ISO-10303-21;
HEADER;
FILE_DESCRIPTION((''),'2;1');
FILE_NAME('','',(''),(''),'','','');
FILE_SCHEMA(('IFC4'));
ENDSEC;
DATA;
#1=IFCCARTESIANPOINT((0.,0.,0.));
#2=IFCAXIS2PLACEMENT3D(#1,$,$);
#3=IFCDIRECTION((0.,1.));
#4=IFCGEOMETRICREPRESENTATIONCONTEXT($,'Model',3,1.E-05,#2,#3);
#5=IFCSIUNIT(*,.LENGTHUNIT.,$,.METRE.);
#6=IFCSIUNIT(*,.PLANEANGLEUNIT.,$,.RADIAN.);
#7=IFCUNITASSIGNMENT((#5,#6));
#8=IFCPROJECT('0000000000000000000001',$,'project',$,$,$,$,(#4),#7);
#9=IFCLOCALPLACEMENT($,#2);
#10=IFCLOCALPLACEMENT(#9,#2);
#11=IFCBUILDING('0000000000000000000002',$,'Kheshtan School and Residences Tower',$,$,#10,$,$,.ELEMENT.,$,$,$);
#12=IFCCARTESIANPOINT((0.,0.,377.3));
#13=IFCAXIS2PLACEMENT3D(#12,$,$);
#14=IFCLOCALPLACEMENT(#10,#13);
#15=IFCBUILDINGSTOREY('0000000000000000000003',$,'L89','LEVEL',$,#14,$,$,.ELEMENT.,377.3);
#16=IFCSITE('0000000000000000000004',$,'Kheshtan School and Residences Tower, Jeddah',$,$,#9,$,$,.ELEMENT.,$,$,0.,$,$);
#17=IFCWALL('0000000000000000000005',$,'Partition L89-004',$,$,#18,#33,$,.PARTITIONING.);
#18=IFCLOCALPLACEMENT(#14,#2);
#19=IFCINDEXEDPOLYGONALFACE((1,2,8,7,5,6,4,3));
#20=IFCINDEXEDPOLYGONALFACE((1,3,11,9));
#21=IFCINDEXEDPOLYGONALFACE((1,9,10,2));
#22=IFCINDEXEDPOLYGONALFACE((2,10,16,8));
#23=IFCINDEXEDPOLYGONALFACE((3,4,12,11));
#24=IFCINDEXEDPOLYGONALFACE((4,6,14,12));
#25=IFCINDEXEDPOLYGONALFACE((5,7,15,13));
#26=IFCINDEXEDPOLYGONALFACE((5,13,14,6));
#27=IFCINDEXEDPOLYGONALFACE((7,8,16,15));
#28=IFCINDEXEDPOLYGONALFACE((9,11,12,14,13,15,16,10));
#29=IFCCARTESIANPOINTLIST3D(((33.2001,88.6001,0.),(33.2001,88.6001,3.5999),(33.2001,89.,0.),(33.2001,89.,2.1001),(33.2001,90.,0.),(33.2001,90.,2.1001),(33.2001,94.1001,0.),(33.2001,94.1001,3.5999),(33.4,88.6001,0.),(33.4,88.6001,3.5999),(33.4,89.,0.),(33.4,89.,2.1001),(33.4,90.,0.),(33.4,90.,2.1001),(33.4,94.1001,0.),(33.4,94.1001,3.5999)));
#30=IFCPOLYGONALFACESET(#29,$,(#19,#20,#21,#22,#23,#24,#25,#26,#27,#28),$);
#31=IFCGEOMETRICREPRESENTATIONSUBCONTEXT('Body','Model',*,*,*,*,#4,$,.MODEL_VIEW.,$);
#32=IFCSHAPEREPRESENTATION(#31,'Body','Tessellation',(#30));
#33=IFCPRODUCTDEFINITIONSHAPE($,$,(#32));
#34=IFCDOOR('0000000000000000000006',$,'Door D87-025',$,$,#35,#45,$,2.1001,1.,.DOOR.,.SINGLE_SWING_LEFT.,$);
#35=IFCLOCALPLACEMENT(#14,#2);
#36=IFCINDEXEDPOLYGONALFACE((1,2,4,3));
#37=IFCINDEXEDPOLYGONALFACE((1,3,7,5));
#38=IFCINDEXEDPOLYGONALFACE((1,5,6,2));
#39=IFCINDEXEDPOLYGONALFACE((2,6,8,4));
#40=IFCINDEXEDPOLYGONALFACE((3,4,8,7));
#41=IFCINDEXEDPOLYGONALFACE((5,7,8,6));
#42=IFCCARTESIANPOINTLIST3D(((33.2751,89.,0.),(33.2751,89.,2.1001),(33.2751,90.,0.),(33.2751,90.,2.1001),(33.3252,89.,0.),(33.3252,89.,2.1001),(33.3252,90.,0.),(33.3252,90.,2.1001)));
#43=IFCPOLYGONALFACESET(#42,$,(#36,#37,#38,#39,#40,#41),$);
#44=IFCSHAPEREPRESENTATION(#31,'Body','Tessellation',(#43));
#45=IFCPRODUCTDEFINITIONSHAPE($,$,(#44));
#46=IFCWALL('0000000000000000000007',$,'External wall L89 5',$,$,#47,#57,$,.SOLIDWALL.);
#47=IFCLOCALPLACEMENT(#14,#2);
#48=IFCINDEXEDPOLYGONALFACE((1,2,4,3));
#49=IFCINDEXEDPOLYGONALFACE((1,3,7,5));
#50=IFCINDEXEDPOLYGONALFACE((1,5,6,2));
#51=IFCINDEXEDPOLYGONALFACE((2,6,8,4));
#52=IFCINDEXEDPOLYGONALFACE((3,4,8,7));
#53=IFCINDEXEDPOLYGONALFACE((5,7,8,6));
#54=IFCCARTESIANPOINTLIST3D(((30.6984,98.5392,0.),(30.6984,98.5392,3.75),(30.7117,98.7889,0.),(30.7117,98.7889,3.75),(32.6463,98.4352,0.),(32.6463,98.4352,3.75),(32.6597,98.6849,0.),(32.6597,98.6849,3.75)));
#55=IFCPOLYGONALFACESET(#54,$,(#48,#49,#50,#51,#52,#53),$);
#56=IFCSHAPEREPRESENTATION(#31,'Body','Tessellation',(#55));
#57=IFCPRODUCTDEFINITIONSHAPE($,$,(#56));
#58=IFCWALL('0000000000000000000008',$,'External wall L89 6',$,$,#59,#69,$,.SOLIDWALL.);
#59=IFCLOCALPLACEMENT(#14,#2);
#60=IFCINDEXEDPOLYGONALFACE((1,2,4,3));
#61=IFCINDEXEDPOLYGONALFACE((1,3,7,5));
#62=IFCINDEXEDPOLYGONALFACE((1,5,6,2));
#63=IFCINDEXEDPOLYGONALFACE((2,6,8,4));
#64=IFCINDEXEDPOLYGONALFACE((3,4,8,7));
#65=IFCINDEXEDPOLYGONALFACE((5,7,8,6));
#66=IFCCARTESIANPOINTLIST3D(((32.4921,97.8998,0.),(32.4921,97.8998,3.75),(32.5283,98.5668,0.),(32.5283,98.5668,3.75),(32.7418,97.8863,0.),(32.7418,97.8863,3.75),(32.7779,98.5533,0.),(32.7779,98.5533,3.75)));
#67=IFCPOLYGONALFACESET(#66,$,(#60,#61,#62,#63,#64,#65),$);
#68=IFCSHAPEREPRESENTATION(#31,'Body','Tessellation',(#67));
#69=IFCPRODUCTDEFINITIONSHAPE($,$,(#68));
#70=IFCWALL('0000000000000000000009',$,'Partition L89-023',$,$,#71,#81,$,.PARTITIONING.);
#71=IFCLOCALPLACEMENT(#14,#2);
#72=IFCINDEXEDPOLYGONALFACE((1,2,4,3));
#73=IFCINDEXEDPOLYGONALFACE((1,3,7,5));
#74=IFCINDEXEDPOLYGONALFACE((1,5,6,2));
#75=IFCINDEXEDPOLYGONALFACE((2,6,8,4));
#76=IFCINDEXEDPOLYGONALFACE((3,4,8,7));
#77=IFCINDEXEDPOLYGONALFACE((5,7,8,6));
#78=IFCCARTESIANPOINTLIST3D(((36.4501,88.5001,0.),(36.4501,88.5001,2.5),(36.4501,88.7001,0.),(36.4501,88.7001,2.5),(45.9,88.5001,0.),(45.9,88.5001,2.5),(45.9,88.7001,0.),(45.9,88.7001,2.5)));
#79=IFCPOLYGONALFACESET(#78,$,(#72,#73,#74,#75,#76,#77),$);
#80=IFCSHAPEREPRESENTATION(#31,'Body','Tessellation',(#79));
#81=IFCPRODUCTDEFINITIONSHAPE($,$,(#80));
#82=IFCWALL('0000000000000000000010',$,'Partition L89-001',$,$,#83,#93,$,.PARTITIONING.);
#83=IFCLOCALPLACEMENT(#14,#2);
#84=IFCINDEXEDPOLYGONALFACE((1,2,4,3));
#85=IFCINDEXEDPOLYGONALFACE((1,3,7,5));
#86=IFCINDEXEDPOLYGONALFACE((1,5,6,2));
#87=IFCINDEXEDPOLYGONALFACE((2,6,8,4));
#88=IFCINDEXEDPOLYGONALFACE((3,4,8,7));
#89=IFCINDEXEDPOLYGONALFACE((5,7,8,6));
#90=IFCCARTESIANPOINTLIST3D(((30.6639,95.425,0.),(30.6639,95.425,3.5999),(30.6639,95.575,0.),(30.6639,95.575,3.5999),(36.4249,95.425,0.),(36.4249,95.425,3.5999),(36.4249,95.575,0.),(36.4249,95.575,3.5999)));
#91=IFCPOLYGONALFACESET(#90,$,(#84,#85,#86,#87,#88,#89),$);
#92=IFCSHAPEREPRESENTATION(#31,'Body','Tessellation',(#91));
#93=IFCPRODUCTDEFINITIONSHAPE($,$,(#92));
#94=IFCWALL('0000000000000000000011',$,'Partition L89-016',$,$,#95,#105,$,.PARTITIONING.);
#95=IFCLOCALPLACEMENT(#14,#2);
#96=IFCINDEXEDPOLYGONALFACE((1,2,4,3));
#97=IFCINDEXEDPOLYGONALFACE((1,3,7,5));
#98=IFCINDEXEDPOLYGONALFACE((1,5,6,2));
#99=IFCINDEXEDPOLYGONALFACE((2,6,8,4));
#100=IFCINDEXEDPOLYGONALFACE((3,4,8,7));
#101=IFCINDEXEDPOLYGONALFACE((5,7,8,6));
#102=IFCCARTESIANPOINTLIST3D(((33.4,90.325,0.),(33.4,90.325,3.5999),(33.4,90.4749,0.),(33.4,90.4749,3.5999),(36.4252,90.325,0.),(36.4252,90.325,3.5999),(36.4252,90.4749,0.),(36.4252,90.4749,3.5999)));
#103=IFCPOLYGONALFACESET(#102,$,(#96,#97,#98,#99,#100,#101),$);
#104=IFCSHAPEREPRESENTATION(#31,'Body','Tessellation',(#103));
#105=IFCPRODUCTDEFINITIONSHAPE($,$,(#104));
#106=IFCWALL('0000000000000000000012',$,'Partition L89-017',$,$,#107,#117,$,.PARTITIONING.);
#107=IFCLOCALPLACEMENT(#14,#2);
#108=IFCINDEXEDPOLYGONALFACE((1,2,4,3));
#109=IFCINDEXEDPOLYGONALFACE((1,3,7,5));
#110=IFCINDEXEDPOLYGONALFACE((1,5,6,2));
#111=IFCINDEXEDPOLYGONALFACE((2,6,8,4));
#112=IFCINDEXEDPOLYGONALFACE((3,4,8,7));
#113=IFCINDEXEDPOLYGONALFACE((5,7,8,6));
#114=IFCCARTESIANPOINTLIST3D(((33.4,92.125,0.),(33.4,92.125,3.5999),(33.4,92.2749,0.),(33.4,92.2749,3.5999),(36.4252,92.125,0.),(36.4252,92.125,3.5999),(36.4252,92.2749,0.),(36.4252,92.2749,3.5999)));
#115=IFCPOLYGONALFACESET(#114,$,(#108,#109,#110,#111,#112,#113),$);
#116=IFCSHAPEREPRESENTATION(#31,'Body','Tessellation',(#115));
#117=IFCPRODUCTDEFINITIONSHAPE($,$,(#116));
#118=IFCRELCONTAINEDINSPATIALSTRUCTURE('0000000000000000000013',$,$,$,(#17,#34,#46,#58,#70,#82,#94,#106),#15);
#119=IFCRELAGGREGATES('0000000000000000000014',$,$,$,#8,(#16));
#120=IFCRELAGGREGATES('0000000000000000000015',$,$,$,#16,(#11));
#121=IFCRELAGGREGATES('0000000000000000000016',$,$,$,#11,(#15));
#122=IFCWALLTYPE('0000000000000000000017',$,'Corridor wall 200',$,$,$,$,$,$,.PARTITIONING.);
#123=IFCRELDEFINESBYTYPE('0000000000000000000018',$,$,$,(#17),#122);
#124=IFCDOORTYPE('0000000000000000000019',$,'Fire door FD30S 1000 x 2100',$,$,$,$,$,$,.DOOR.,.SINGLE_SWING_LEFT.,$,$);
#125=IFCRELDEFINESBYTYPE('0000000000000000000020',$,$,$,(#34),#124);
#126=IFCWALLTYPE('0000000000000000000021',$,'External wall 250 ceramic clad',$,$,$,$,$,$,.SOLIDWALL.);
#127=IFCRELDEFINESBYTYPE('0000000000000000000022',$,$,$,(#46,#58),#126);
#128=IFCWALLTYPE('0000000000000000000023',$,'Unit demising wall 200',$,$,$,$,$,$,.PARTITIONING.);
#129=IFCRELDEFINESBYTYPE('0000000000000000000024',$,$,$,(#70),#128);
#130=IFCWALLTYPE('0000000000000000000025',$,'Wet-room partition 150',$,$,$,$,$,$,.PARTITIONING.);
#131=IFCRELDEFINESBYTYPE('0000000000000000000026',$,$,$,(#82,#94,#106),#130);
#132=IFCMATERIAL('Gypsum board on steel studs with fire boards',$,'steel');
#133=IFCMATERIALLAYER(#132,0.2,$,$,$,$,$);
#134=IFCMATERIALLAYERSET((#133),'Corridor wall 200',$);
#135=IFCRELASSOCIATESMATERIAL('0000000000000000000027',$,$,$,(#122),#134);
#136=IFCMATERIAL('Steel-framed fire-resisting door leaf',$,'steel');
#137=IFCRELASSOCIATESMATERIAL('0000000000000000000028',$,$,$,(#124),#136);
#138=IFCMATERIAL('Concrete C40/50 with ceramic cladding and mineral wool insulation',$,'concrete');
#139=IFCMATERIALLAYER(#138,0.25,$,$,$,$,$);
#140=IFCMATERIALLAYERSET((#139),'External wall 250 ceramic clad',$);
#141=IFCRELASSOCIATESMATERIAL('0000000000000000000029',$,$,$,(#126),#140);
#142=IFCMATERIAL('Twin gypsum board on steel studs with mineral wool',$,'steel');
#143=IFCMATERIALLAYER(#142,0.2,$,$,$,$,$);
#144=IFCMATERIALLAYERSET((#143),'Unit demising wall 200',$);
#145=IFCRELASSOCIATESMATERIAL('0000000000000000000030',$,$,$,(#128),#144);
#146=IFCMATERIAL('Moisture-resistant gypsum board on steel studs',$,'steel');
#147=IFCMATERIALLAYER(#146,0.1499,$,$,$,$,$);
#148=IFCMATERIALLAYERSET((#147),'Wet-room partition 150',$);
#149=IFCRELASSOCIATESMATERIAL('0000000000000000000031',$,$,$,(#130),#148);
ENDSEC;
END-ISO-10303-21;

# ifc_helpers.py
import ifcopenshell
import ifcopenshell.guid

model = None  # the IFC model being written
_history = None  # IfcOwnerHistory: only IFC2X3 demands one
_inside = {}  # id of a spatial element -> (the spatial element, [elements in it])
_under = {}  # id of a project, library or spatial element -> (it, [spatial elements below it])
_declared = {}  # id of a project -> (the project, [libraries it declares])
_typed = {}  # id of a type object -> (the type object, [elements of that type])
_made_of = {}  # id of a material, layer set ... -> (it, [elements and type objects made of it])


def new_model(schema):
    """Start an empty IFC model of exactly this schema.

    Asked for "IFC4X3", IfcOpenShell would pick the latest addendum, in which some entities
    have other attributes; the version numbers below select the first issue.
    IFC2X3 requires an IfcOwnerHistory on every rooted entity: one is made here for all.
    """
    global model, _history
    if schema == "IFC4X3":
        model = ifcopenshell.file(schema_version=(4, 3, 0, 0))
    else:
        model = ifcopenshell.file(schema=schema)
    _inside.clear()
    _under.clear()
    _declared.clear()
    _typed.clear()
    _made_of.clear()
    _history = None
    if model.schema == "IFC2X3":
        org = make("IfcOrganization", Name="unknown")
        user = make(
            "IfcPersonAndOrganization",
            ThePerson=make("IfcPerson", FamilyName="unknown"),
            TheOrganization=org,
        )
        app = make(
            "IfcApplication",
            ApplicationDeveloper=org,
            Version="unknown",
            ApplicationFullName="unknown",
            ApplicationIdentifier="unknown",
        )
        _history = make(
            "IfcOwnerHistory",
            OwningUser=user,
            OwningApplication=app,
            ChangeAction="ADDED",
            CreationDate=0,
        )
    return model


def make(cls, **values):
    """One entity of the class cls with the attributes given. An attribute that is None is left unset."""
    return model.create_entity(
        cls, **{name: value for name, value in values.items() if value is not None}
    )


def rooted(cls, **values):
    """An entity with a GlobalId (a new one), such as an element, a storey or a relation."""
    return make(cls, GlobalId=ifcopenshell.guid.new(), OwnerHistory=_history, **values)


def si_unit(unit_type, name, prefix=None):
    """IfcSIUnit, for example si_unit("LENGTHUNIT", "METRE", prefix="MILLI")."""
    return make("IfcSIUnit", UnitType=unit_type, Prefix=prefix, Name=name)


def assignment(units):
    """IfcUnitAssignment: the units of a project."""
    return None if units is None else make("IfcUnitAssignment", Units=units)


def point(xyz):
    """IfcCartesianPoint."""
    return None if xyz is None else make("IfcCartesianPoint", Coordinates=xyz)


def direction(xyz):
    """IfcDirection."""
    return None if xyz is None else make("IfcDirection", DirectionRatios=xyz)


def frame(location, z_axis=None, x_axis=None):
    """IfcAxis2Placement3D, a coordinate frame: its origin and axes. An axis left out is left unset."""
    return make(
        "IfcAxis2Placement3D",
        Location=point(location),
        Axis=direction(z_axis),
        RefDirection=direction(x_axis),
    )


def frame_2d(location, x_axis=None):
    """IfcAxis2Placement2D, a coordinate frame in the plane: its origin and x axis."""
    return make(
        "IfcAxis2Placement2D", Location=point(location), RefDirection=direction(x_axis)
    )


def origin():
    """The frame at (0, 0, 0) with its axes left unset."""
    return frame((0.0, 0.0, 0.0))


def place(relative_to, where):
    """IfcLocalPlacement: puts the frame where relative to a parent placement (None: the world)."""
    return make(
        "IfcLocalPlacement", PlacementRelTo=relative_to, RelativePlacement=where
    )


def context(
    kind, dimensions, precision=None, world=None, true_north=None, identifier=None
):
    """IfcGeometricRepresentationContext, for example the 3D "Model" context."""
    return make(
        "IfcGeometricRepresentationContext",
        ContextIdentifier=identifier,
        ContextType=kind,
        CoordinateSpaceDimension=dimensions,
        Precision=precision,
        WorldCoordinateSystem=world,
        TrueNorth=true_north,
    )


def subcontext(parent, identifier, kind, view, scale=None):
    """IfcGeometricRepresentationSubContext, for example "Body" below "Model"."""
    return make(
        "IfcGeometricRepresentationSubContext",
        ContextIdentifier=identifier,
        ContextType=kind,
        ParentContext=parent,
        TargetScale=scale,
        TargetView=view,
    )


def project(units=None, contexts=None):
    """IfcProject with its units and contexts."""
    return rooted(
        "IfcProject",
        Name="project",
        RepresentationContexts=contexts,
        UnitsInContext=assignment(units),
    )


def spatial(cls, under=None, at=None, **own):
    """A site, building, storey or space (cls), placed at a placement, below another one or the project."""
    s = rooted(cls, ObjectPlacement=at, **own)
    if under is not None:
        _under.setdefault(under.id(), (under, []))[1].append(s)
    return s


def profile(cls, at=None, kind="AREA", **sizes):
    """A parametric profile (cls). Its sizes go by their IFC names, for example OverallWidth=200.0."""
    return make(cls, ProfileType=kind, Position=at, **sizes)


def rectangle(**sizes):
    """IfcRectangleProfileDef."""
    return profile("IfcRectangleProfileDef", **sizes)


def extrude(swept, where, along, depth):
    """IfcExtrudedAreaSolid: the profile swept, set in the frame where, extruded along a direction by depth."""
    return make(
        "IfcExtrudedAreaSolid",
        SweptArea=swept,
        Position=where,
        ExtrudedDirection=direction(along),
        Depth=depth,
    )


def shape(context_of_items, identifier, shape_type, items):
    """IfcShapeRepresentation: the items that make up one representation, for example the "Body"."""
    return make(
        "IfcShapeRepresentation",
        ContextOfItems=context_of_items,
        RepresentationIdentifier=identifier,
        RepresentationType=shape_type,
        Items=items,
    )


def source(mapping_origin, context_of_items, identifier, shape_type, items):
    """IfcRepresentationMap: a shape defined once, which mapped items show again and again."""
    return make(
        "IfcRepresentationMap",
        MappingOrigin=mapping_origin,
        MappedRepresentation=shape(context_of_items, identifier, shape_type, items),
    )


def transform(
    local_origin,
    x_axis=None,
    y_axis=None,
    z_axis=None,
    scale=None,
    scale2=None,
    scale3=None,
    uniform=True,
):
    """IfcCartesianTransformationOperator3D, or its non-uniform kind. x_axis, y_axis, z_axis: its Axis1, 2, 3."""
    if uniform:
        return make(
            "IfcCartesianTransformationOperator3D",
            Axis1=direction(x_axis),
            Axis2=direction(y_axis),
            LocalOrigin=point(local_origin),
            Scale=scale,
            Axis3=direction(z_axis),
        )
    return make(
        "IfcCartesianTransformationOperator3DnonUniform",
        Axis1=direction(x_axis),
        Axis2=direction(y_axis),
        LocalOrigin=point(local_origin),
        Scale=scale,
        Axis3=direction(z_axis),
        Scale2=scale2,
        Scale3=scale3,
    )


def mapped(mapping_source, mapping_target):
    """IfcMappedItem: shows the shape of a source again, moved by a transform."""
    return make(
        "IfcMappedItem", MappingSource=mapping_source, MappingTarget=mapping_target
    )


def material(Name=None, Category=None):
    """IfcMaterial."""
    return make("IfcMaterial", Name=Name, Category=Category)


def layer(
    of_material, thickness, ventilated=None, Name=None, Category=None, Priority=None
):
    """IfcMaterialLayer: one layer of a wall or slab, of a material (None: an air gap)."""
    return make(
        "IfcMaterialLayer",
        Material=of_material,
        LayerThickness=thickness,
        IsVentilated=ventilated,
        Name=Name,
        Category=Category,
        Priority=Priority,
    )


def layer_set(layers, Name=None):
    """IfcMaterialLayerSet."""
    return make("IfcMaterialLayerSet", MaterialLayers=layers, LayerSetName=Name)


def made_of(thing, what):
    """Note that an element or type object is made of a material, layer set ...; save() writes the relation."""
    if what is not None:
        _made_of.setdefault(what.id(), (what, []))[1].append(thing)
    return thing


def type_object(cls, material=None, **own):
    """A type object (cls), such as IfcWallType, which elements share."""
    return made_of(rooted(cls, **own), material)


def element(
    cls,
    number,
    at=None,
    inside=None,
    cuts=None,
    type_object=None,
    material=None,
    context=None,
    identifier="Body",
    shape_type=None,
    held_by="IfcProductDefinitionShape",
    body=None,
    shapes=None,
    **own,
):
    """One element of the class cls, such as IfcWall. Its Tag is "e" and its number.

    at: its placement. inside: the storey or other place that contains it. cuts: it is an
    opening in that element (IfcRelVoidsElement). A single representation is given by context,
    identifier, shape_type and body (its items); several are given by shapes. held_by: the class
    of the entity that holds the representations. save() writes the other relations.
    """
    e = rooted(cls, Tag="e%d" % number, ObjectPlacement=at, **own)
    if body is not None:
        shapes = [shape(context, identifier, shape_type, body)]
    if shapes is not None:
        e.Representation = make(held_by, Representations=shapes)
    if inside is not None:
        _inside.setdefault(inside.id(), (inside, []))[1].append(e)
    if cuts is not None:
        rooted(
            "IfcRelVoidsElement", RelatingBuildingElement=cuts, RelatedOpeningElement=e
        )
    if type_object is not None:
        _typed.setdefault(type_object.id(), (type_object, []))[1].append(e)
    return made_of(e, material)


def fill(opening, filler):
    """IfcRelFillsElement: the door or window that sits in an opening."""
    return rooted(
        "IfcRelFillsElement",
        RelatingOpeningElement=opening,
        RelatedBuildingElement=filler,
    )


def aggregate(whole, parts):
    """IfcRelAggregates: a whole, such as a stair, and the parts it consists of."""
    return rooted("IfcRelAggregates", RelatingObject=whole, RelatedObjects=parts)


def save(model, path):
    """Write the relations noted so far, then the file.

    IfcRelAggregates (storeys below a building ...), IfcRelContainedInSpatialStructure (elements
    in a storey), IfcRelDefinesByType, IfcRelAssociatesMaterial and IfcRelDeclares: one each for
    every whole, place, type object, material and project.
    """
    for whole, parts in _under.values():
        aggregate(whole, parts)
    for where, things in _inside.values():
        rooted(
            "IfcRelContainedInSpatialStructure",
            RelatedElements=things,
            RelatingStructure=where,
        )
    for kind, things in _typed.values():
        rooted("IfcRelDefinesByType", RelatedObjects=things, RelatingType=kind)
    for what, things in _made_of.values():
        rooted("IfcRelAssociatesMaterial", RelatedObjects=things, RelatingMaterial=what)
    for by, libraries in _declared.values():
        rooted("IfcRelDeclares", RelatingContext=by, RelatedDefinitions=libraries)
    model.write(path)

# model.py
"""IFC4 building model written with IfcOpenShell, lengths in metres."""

from ifc_helpers import new_model, si_unit, direction, frame, frame_2d, origin, place, context, subcontext, project, spatial, rectangle, extrude, source, transform, mapped, material, layer, layer_set, type_object, element, fill, save


model = new_model("IFC4")

# Units and contexts
model_context = context("Model", 3, precision=1e-05, world=origin(), true_north=direction((0.0, 1.0)))
body_context = subcontext(model_context, "Body", "Model", "MODEL_VIEW")
ifc_project = project(units=[si_unit("LENGTHUNIT", "METRE"), si_unit("PLANEANGLEUNIT", "RADIAN")], contexts=[model_context])

# Site, building, storey
site_placement = place(None, origin())
site = spatial("IfcSite", under=ifc_project, at=site_placement, Name="Kheshtan School and Residences Tower, Jeddah", CompositionType="ELEMENT", RefElevation=0.0)
building_placement = place(site_placement, origin())
building = spatial("IfcBuilding", under=site, at=building_placement, Name="Kheshtan School and Residences Tower", CompositionType="ELEMENT")
storey_placement = place(building_placement, frame((0.0, 0.0, 377.3)))
storey = spatial("IfcBuildingStorey", under=building, at=storey_placement, Name="L89", Description="LEVEL", CompositionType="ELEMENT", Elevation=377.3)

# Shared definitions
ifc_material_1 = material(Name="Gypsum board on steel studs with fire boards", Category="steel")
ifc_layer_1 = layer(ifc_material_1, 0.2)
ifc_layer_set_1 = layer_set([ifc_layer_1], Name="Corridor wall 200")
wall_type_1 = type_object("IfcWallType", Name="Corridor wall 200", PredefinedType="PARTITIONING", material=ifc_layer_set_1)

# Wall, opening, door
wall_1_placement = place(storey_placement, frame((33.3, 88.6001, 0.0), z_axis=(0.0, 0.0, 1.0), x_axis=(0.0, 1.0, 0.0)))
wall_1 = element("IfcWall", 1, at=wall_1_placement, inside=storey, type_object=wall_type_1, Name="Partition L89-004", PredefinedType="PARTITIONING", context=body_context, shape_type="SweptSolid", body=[
    extrude(rectangle(XDim=5.5, YDim=0.2, at=frame_2d((2.75, 0.0))), origin(), (0.0, 0.0, 1.0), 3.5999),
])
opening_1_placement = place(wall_1_placement, frame((0.3999, 0.0, 0.0)))
opening_1 = element("IfcOpeningElement", 2, at=opening_1_placement, cuts=wall_1, PredefinedType="OPENING", context=body_context, shape_type="SweptSolid", body=[
    extrude(rectangle(XDim=1.0, YDim=2.1001, at=frame_2d((0.5, 1.05))), frame((0.0, 0.1099, 0.0), z_axis=(0.0, -1.0, 0.0), x_axis=(1.0, 0.0, 0.0)), (0.0, 0.0, 1.0), 0.22),
])
ifc_material_2 = material(Name="Steel-framed fire-resisting door leaf", Category="steel")
door_type_1 = type_object("IfcDoorType", Name="Fire door FD30S 1000 x 2100", OperationType="SINGLE_SWING_LEFT", PredefinedType="DOOR", material=ifc_material_2)
shared_shape_1 = source(origin(), body_context, "Body", "SweptSolid", [
    extrude(rectangle(XDim=1.0, YDim=2.1001, at=frame_2d((0.5, 1.05))), frame((0.0, 0.0249, 0.0), z_axis=(0.0, -1.0, 0.0), x_axis=(1.0, 0.0, 0.0)), (0.0, 0.0, 1.0), 0.05),
])
door_1_placement = place(opening_1_placement, origin())
door_1 = element("IfcDoor", 3, at=door_1_placement, inside=storey, type_object=door_type_1, Name="Door D87-025", OperationType="SINGLE_SWING_LEFT", OverallHeight=2.1001, OverallWidth=1.0, PredefinedType="DOOR", context=body_context, shape_type="MappedRepresentation", body=[
    mapped(shared_shape_1, transform((0.0, 0.0, 0.0), x_axis=(1.0, 0.0, 0.0), y_axis=(0.0, 1.0, 0.0), z_axis=(0.0, 0.0, 1.0), scale=1.0)),
])
fill(opening_1, door_1)

# Walls
ifc_material_3 = material(Name="Concrete C40/50 with ceramic cladding and mineral wool insulation", Category="concrete")
ifc_layer_2 = layer(ifc_material_3, 0.25)
ifc_layer_set_2 = layer_set([ifc_layer_2], Name="External wall 250 ceramic clad")
wall_type_2 = type_object("IfcWallType", Name="External wall 250 ceramic clad", PredefinedType="SOLIDWALL", material=ifc_layer_set_2)
wall_2_placement = place(storey_placement, frame((30.7051, 98.6641, 0.0), z_axis=(0.0, 0.0, 1.0), x_axis=(0.998578, -0.053314, 0.0)))
element("IfcWall", 4, at=wall_2_placement, inside=storey, type_object=wall_type_2, Name="External wall L89 5", PredefinedType="SOLIDWALL", context=body_context, shape_type="SweptSolid", body=[
    extrude(rectangle(XDim=1.9507, YDim=0.25, at=frame_2d((0.9753, 0.0))), origin(), (0.0, 0.0, 1.0), 3.75),
])
wall_3_placement = place(storey_placement, frame((32.6531, 98.5601, 0.0), z_axis=(0.0, 0.0, 1.0), x_axis=(-0.054093, -0.998536, 0.0)))
element("IfcWall", 5, at=wall_3_placement, inside=storey, type_object=wall_type_2, Name="External wall L89 6", PredefinedType="SOLIDWALL", context=body_context, shape_type="SweptSolid", body=[
    extrude(rectangle(XDim=0.668, YDim=0.25, at=frame_2d((0.334, 0.0))), origin(), (0.0, 0.0, 1.0), 3.75),
])
ifc_material_4 = material(Name="Twin gypsum board on steel studs with mineral wool", Category="steel")
ifc_layer_3 = layer(ifc_material_4, 0.2)
ifc_layer_set_3 = layer_set([ifc_layer_3], Name="Unit demising wall 200")
wall_type_3 = type_object("IfcWallType", Name="Unit demising wall 200", PredefinedType="PARTITIONING", material=ifc_layer_set_3)
wall_4_placement = place(storey_placement, frame((36.45, 88.6001, 0.0), z_axis=(0.0, 0.0, 1.0), x_axis=(1.0, 0.0, 0.0)))
element("IfcWall", 6, at=wall_4_placement, inside=storey, type_object=wall_type_3, Name="Partition L89-023", PredefinedType="PARTITIONING", context=body_context, shape_type="SweptSolid", body=[
    extrude(rectangle(XDim=9.45, YDim=0.2, at=frame_2d((4.7251, 0.0))), origin(), (0.0, 0.0, 1.0), 2.5),
])
ifc_material_5 = material(Name="Moisture-resistant gypsum board on steel studs", Category="steel")
ifc_layer_4 = layer(ifc_material_5, 0.1499)
ifc_layer_set_4 = layer_set([ifc_layer_4], Name="Wet-room partition 150")
wall_type_4 = type_object("IfcWallType", Name="Wet-room partition 150", PredefinedType="PARTITIONING", material=ifc_layer_set_4)
wall_5_placement = place(storey_placement, frame((30.6641, 95.5, 0.0), z_axis=(0.0, 0.0, 1.0), x_axis=(1.0, 0.0, 0.0)))
element("IfcWall", 7, at=wall_5_placement, inside=storey, type_object=wall_type_4, Name="Partition L89-001", PredefinedType="PARTITIONING", context=body_context, shape_type="SweptSolid", body=[
    extrude(rectangle(XDim=5.761, YDim=0.1499, at=frame_2d((2.8804, 0.0))), origin(), (0.0, 0.0, 1.0), 3.5999),
])
for number, where, z_axis, x_axis, name in (
    (8, (33.3999, 90.3999, 0.0), (0.0, 0.0, 1.0), (1.0, 0.0, 0.0), "Partition L89-016"),
    (9, (33.3999, 92.2, 0.0), (0.0, 0.0, 1.0), (1.0, 0.0, 0.0), "Partition L89-017"),
):
    element("IfcWall", number, at=place(storey_placement, frame(where, z_axis=z_axis, x_axis=x_axis)), inside=storey, type_object=wall_type_4, Name=name, PredefinedType="PARTITIONING", context=body_context, shape_type="SweptSolid", body=[
        extrude(rectangle(XDim=3.0251, YDim=0.1499, at=frame_2d((1.5127, 0.0))), origin(), (0.0, 0.0, 1.0), 3.5999),
    ])

save(model, "model.ifc")
